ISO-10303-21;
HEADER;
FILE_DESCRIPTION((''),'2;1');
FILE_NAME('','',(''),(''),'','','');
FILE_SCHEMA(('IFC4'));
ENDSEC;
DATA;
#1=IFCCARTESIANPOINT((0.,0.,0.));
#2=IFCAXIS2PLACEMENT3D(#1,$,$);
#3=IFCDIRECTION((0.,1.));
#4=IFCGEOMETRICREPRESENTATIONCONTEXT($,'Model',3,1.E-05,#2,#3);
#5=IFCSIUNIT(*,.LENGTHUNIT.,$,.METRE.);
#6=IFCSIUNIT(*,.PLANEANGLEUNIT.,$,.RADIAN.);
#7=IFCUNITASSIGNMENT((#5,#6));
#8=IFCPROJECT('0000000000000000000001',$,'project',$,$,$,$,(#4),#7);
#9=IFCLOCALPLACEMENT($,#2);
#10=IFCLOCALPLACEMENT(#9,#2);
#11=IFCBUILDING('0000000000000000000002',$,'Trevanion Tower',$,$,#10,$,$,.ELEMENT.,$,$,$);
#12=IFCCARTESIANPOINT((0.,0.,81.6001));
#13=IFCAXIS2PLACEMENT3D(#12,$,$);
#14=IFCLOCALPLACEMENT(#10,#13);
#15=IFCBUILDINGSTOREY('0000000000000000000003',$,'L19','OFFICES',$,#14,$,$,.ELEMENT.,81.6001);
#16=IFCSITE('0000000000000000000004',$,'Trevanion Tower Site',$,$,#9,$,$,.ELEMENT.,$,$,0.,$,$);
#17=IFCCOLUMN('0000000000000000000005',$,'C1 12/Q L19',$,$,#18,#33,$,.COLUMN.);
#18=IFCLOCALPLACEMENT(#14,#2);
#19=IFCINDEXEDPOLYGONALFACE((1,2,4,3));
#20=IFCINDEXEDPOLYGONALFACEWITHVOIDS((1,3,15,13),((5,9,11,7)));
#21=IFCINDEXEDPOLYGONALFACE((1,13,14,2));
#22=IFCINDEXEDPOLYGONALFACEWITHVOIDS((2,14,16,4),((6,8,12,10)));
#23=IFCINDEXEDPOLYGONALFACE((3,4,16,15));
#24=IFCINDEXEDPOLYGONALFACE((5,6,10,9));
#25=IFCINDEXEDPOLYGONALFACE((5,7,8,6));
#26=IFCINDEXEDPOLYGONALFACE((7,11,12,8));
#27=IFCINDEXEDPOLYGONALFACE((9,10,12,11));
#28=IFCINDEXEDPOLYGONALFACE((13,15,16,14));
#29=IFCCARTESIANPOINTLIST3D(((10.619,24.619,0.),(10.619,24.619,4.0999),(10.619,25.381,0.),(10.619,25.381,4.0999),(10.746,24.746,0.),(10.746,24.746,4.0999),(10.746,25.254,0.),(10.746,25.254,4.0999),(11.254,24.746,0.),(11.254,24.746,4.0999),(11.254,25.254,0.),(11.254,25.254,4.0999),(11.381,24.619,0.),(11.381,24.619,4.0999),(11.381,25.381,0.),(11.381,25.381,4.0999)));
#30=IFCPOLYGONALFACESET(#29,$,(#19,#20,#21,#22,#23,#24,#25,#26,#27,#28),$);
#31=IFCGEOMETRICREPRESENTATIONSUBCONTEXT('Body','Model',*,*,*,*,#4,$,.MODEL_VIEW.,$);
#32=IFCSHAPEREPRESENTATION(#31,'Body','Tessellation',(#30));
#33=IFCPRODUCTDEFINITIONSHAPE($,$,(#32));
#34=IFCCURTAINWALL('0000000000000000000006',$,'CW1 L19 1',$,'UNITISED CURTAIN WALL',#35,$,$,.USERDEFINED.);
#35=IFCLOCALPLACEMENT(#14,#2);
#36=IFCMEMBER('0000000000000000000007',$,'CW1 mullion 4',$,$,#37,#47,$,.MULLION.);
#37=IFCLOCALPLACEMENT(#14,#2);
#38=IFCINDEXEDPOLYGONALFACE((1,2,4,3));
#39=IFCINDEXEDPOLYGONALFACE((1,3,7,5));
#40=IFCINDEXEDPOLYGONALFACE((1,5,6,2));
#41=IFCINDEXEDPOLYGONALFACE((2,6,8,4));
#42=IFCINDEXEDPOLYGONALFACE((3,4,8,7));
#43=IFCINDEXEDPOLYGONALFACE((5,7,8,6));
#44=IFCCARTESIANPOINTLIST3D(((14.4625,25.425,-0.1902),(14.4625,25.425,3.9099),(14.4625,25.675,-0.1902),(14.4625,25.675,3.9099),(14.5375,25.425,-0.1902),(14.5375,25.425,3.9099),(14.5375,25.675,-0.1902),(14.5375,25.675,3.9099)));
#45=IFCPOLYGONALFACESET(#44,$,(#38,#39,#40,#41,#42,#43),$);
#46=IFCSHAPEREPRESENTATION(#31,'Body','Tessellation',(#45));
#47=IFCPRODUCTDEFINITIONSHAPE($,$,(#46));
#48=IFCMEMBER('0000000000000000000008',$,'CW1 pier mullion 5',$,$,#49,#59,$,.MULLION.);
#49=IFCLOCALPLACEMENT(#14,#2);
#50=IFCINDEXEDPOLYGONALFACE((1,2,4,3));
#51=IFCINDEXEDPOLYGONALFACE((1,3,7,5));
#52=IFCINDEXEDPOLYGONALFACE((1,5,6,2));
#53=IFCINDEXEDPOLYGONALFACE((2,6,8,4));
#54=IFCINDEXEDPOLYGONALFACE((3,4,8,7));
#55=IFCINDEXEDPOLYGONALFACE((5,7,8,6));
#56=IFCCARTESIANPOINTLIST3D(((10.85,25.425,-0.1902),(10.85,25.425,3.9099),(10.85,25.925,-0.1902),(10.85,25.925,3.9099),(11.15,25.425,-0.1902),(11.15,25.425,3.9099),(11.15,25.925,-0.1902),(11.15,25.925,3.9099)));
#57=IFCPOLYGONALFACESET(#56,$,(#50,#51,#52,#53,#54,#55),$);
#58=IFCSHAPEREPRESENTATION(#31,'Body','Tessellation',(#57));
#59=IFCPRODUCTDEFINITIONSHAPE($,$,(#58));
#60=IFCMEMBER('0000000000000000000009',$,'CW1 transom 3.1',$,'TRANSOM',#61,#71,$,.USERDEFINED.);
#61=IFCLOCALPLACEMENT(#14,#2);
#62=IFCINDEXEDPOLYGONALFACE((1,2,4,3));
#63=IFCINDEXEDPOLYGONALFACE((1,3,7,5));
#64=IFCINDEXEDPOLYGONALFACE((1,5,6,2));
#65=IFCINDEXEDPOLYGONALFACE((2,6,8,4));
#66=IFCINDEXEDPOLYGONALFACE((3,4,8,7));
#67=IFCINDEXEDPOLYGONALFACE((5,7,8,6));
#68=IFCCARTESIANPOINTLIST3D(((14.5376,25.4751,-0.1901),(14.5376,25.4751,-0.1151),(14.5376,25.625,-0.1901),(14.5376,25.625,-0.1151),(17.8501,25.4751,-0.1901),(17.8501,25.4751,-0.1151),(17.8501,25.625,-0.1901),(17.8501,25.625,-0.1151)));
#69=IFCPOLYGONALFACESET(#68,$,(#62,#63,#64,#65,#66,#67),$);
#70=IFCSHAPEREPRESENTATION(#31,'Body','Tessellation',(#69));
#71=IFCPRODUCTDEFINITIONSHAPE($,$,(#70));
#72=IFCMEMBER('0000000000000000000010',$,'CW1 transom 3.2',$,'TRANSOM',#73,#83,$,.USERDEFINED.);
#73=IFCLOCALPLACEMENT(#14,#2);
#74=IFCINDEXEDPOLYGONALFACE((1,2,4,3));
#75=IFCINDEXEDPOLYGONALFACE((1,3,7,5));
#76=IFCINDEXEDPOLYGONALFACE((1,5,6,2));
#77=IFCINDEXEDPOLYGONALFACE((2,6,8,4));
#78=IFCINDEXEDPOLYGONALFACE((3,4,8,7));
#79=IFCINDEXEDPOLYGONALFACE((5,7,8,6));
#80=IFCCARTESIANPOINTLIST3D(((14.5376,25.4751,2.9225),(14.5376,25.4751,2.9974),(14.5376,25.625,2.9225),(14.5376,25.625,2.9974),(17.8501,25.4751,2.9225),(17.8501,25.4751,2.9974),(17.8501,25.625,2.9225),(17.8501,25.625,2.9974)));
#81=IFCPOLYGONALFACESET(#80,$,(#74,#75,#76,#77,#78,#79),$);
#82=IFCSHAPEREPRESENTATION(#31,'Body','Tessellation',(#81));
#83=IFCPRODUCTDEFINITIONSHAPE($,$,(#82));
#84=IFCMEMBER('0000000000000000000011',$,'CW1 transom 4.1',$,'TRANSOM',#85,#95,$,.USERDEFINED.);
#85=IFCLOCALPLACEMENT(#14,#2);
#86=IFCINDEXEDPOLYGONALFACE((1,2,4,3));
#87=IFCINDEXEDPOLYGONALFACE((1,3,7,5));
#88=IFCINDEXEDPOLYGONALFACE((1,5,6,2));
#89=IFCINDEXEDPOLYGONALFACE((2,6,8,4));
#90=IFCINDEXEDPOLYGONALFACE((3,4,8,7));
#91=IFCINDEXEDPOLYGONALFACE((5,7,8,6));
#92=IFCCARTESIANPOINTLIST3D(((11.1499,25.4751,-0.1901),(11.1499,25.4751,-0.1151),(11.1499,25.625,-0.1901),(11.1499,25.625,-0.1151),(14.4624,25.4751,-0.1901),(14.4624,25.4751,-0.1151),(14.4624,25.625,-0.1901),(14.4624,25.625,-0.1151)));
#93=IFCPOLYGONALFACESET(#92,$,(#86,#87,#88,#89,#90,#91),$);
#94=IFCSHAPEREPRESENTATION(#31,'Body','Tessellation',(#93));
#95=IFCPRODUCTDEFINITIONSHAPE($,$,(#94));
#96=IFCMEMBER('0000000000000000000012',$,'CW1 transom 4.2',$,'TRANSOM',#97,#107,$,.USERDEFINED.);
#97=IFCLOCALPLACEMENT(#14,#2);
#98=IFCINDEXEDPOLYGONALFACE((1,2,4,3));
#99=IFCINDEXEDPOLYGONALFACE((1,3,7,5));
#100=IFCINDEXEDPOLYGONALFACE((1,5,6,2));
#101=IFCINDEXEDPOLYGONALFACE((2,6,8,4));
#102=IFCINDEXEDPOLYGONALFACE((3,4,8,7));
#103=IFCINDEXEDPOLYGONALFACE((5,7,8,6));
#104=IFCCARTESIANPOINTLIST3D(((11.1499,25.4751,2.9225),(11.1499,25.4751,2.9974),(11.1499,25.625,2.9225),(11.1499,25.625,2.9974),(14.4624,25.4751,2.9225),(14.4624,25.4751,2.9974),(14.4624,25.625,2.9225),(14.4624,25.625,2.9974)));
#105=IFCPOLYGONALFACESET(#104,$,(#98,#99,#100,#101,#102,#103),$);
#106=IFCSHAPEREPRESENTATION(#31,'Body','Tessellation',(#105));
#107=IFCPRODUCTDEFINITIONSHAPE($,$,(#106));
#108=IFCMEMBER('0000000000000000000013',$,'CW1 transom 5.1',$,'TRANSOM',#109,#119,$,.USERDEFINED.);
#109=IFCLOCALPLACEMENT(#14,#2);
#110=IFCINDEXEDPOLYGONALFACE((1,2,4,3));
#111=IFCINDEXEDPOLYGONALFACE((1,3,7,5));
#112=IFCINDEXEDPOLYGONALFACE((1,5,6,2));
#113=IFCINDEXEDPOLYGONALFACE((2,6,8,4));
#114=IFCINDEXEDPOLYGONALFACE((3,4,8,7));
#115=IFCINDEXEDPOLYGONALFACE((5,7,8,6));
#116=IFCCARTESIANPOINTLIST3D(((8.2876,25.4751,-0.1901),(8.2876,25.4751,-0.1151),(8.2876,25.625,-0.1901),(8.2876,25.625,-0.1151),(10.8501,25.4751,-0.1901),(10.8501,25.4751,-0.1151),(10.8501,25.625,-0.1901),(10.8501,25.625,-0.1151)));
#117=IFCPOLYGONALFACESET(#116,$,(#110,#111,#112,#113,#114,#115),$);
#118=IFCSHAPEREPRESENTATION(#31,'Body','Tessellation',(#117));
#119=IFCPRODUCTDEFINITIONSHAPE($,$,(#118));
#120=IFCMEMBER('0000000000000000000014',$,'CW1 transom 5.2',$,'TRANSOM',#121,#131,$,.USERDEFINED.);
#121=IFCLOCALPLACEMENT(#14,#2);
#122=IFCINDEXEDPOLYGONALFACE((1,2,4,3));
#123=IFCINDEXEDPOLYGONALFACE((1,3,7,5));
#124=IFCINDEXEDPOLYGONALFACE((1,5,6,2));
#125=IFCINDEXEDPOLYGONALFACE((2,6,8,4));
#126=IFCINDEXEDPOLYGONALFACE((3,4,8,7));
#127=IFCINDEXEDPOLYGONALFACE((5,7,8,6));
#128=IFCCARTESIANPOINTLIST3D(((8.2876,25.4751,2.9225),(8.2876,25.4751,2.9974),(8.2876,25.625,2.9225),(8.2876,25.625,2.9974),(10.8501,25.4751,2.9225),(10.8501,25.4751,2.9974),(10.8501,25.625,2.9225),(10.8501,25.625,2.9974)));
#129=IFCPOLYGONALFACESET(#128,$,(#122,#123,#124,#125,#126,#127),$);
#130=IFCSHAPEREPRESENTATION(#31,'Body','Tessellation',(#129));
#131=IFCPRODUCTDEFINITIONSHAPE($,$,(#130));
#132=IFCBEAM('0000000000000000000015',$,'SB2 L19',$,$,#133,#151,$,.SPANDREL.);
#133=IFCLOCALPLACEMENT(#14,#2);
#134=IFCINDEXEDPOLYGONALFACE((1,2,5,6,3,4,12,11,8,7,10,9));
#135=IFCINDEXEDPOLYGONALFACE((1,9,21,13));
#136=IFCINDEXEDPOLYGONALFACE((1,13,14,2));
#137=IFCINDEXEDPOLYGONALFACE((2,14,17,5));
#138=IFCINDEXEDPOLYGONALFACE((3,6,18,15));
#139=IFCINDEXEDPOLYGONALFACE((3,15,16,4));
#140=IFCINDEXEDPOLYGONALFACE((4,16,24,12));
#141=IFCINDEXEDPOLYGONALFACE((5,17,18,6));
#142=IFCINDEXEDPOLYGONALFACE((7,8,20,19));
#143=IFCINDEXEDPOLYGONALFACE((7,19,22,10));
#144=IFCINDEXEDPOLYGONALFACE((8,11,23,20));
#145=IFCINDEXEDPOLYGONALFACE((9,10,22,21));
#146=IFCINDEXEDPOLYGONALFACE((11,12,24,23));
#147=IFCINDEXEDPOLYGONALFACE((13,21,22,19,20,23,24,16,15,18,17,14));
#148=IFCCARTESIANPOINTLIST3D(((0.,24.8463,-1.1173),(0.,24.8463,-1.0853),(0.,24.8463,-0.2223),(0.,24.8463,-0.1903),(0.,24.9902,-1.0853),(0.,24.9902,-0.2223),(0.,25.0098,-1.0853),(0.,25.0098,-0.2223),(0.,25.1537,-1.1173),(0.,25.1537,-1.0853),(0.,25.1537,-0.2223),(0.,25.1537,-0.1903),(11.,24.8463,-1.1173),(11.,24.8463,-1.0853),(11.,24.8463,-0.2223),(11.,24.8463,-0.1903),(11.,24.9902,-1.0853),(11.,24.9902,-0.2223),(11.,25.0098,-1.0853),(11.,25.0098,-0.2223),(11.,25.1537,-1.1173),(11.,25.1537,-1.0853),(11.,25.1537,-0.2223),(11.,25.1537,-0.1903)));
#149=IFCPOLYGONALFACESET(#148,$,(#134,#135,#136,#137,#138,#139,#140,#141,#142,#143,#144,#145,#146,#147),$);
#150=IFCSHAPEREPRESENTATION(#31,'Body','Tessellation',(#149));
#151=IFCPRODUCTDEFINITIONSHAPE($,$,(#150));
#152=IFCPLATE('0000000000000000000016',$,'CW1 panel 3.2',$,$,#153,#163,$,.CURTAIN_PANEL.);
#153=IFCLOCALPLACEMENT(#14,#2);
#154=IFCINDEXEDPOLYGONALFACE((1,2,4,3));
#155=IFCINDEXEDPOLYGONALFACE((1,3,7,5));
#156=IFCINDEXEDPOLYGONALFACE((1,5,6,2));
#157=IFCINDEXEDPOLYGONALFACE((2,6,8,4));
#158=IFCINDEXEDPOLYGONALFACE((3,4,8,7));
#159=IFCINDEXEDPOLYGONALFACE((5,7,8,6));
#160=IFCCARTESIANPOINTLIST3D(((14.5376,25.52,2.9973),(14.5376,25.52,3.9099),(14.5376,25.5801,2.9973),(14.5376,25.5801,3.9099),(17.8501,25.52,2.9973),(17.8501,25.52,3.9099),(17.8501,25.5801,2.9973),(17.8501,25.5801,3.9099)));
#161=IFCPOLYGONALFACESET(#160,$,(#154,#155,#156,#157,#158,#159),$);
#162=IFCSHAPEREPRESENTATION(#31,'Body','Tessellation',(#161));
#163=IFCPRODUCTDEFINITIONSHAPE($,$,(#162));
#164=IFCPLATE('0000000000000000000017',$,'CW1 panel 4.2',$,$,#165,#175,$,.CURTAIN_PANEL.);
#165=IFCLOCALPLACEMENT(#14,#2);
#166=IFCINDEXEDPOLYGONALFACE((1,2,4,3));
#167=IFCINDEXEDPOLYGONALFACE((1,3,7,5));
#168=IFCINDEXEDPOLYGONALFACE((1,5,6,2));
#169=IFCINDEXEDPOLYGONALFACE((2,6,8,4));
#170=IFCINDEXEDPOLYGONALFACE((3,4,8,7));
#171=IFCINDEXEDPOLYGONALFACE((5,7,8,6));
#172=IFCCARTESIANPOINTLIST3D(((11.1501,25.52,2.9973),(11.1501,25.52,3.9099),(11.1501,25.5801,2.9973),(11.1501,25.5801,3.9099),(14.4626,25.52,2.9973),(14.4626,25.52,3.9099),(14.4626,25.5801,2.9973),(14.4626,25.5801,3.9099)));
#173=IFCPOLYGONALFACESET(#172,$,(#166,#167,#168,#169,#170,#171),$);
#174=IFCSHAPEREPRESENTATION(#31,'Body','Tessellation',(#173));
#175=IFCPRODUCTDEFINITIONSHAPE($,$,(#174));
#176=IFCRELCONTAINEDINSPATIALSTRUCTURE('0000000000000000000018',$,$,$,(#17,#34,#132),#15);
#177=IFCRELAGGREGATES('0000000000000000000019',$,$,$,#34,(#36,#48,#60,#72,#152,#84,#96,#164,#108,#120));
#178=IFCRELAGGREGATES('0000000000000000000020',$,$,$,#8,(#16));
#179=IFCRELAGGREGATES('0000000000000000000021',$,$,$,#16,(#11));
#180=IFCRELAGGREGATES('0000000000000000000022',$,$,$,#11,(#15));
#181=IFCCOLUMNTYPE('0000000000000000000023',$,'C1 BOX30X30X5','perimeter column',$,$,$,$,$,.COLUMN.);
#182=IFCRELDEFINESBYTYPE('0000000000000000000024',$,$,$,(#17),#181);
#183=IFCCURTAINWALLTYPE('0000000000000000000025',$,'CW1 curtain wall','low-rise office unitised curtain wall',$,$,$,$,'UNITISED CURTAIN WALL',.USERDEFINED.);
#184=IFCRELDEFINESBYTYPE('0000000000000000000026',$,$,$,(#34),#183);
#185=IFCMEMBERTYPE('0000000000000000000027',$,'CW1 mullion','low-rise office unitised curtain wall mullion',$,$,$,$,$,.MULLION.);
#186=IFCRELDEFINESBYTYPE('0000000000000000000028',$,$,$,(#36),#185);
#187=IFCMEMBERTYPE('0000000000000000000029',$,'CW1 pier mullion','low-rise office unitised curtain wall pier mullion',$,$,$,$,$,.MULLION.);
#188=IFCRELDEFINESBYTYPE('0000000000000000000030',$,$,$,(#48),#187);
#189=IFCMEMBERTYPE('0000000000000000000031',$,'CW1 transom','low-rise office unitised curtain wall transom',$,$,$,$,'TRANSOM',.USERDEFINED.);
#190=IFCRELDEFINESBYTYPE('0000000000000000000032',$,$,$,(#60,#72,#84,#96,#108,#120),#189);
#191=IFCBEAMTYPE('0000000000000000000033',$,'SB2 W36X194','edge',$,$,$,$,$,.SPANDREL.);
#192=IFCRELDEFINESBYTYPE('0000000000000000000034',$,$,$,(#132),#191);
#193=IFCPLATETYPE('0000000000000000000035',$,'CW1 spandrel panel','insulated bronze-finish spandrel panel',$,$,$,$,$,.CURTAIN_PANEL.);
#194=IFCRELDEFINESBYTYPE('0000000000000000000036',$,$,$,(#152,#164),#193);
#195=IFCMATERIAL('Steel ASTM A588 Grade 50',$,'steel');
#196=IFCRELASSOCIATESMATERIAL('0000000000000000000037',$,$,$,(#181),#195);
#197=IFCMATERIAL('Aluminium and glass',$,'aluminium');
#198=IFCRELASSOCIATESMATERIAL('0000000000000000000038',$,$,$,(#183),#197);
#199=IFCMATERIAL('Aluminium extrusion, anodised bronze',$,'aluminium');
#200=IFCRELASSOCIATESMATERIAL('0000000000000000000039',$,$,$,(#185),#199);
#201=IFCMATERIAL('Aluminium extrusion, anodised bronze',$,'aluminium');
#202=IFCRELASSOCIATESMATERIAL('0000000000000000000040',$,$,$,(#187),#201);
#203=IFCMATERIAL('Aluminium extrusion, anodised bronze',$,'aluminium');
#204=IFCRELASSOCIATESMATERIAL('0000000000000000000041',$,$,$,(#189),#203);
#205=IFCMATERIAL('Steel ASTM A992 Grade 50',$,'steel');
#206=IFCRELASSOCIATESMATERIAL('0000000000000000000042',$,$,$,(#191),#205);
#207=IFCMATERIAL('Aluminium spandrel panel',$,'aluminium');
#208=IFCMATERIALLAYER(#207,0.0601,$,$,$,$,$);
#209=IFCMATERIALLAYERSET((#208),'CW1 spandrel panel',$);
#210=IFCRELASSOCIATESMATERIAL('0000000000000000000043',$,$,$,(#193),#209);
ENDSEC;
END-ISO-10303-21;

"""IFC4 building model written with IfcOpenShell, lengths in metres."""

from ifc_helpers import new_model, si_unit, direction, frame, origin, origin_2d, place, context, subcontext, project, spatial, rectangle, hollow_rectangle, i_section, extrude, material, layer, layer_set, material_profile, profile_set, type_object, element, aggregate, save


model = new_model("IFC4")

# Units and contexts
model_context = context("Model", 3, precision=1e-05, world=origin(), true_north=direction((0.0, 1.0)))
body_context = subcontext(model_context, "Body", "Model", "MODEL_VIEW")
ifc_project = project(units=[si_unit("LENGTHUNIT", "METRE"), si_unit("PLANEANGLEUNIT", "RADIAN")], contexts=[model_context])

# Site, building, storey
site_placement = place(None, origin())
site = spatial("IfcSite", under=ifc_project, at=site_placement, Name="Trevanion Tower Site", CompositionType="ELEMENT", RefElevation=0.0)
building_placement = place(site_placement, origin())
building = spatial("IfcBuilding", under=site, at=building_placement, Name="Trevanion Tower", CompositionType="ELEMENT")
storey_placement = place(building_placement, frame((0.0, 0.0, 81.6001)))
storey = spatial("IfcBuildingStorey", under=building, at=storey_placement, Name="L19", Description="OFFICES", CompositionType="ELEMENT", Elevation=81.6001)

# Column
ifc_material_1 = material(Name="Steel ASTM A588 Grade 50", Category="steel")
ifc_material_profile_1 = material_profile(ifc_material_1, hollow_rectangle(XDim=0.762, YDim=0.762, WallThickness=0.127, at=origin_2d()), Name="BOX30X30X5")
ifc_profile_set_1 = profile_set([ifc_material_profile_1], Name="Steel ASTM A588 Grade 50")
column_type = type_object("IfcColumnType", Name="C1 BOX30X30X5", Description="perimeter column", PredefinedType="COLUMN", material=ifc_profile_set_1)
column_placement = place(storey_placement, frame((11.0, 25.0, 0.0), z_axis=(0.0, 0.0, 1.0), x_axis=(1.0, 0.0, 0.0)))
element("IfcColumn", 1, at=column_placement, inside=storey, type_object=column_type, Name="C1 12/Q L19", PredefinedType="COLUMN", context=body_context, shape_type="SweptSolid", body=[
    extrude(hollow_rectangle(XDim=0.762, YDim=0.762, WallThickness=0.127, at=origin_2d()), origin(), (0.0, 0.0, 1.0), 4.0999),
])

# Curtain wall, members
ifc_material_2 = material(Name="Aluminium and glass", Category="aluminium")
curtain_wall_type = type_object("IfcCurtainWallType", Name="CW1 curtain wall", Description="low-rise office unitised curtain wall", ElementType="UNITISED CURTAIN WALL", PredefinedType="USERDEFINED", material=ifc_material_2)
curtain_wall_placement = place(storey_placement, origin())
curtain_wall = element("IfcCurtainWall", 2, at=curtain_wall_placement, inside=storey, type_object=curtain_wall_type, Name="CW1 L19 1", ObjectType="UNITISED CURTAIN WALL", PredefinedType="USERDEFINED")
ifc_material_3 = material(Name="Aluminium extrusion, anodised bronze", Category="aluminium")
ifc_material_profile_2 = material_profile(ifc_material_3, rectangle(XDim=0.075, YDim=0.25, at=origin_2d()), Name="CW1 mullion")
ifc_profile_set_2 = profile_set([ifc_material_profile_2], Name="Aluminium extrusion, anodised bronze")
member_type_1 = type_object("IfcMemberType", Name="CW1 mullion", Description="low-rise office unitised curtain wall mullion", PredefinedType="MULLION", material=ifc_profile_set_2)
member_1_placement = place(storey_placement, frame((14.5, 25.55, -0.1902), z_axis=(0.0, 0.0, 1.0), x_axis=(-1.0, 0.0, 0.0)))
member_1 = element("IfcMember", 3, at=member_1_placement, type_object=member_type_1, Name="CW1 mullion 4", PredefinedType="MULLION", context=body_context, shape_type="SweptSolid", body=[
    extrude(rectangle(XDim=0.075, YDim=0.25, at=origin_2d()), origin(), (0.0, 0.0, 1.0), 4.1001),
])
ifc_material_4 = material(Name="Aluminium extrusion, anodised bronze", Category="aluminium")
ifc_material_profile_3 = material_profile(ifc_material_4, rectangle(XDim=0.3, YDim=0.5, at=origin_2d()), Name="CW1 pier mullion")
ifc_profile_set_3 = profile_set([ifc_material_profile_3], Name="Aluminium extrusion, anodised bronze")
member_type_2 = type_object("IfcMemberType", Name="CW1 pier mullion", Description="low-rise office unitised curtain wall pier mullion", PredefinedType="MULLION", material=ifc_profile_set_3)
member_2_placement = place(storey_placement, frame((11.0, 25.675, -0.1902), z_axis=(0.0, 0.0, 1.0), x_axis=(-1.0, 0.0, 0.0)))
member_2 = element("IfcMember", 4, at=member_2_placement, type_object=member_type_2, Name="CW1 pier mullion 5", PredefinedType="MULLION", context=body_context, shape_type="SweptSolid", body=[
    extrude(rectangle(XDim=0.3, YDim=0.5, at=origin_2d()), origin(), (0.0, 0.0, 1.0), 4.1001),
])
ifc_material_5 = material(Name="Aluminium extrusion, anodised bronze", Category="aluminium")
ifc_material_profile_4 = material_profile(ifc_material_5, rectangle(XDim=0.1499, YDim=0.075, at=origin_2d()), Name="CW1 transom")
ifc_profile_set_4 = profile_set([ifc_material_profile_4], Name="Aluminium extrusion, anodised bronze")
member_type_3 = type_object("IfcMemberType", Name="CW1 transom", Description="low-rise office unitised curtain wall transom", ElementType="TRANSOM", PredefinedType="USERDEFINED", material=ifc_profile_set_4)
member_3_placement = place(storey_placement, frame((17.8501, 25.55, -0.1526), z_axis=(-1.0, 0.0, 0.0), x_axis=(0.0, -1.0, 0.0)))
member_3 = element("IfcMember", 5, at=member_3_placement, type_object=member_type_3, Name="CW1 transom 3.1", ObjectType="TRANSOM", PredefinedType="USERDEFINED", context=body_context, shape_type="SweptSolid", body=[
    extrude(rectangle(XDim=0.1499, YDim=0.075, at=origin_2d()), origin(), (0.0, 0.0, 1.0), 3.3125),
])
member_4_placement = place(storey_placement, frame((17.8501, 25.55, 2.96), z_axis=(-1.0, 0.0, 0.0), x_axis=(0.0, -1.0, 0.0)))
member_4 = element("IfcMember", 6, at=member_4_placement, type_object=member_type_3, Name="CW1 transom 3.2", ObjectType="TRANSOM", PredefinedType="USERDEFINED", context=body_context, shape_type="SweptSolid", body=[
    extrude(rectangle(XDim=0.1499, YDim=0.075, at=origin_2d()), origin(), (0.0, 0.0, 1.0), 3.3125),
])
member_5_placement = place(storey_placement, frame((14.4624, 25.55, -0.1526), z_axis=(-1.0, 0.0, 0.0), x_axis=(0.0, -1.0, 0.0)))
member_5 = element("IfcMember", 7, at=member_5_placement, type_object=member_type_3, Name="CW1 transom 4.1", ObjectType="TRANSOM", PredefinedType="USERDEFINED", context=body_context, shape_type="SweptSolid", body=[
    extrude(rectangle(XDim=0.1499, YDim=0.075, at=origin_2d()), origin(), (0.0, 0.0, 1.0), 3.3125),
])
member_6_placement = place(storey_placement, frame((14.4624, 25.55, 2.96), z_axis=(-1.0, 0.0, 0.0), x_axis=(0.0, -1.0, 0.0)))
member_6 = element("IfcMember", 8, at=member_6_placement, type_object=member_type_3, Name="CW1 transom 4.2", ObjectType="TRANSOM", PredefinedType="USERDEFINED", context=body_context, shape_type="SweptSolid", body=[
    extrude(rectangle(XDim=0.1499, YDim=0.075, at=origin_2d()), origin(), (0.0, 0.0, 1.0), 3.3125),
])
member_7_placement = place(storey_placement, frame((10.8501, 25.55, -0.1526), z_axis=(-1.0, 0.0, 0.0), x_axis=(0.0, -1.0, 0.0)))
member_7 = element("IfcMember", 9, at=member_7_placement, type_object=member_type_3, Name="CW1 transom 5.1", ObjectType="TRANSOM", PredefinedType="USERDEFINED", context=body_context, shape_type="SweptSolid", body=[
    extrude(rectangle(XDim=0.1499, YDim=0.075, at=origin_2d()), origin(), (0.0, 0.0, 1.0), 2.5625),
])
member_8_placement = place(storey_placement, frame((10.8501, 25.55, 2.96), z_axis=(-1.0, 0.0, 0.0), x_axis=(0.0, -1.0, 0.0)))
member_8 = element("IfcMember", 10, at=member_8_placement, type_object=member_type_3, Name="CW1 transom 5.2", ObjectType="TRANSOM", PredefinedType="USERDEFINED", context=body_context, shape_type="SweptSolid", body=[
    extrude(rectangle(XDim=0.1499, YDim=0.075, at=origin_2d()), origin(), (0.0, 0.0, 1.0), 2.5625),
])

# Beam
ifc_material_6 = material(Name="Steel ASTM A992 Grade 50", Category="steel")
ifc_material_profile_5 = material_profile(ifc_material_6, i_section(OverallWidth=0.3074, OverallDepth=0.927, WebThickness=0.0195, FlangeThickness=0.032, at=origin_2d()), Name="W36X194")
ifc_profile_set_5 = profile_set([ifc_material_profile_5], Name="Steel ASTM A992 Grade 50")
beam_type = type_object("IfcBeamType", Name="SB2 W36X194", Description="edge", PredefinedType="SPANDREL", material=ifc_profile_set_5)
beam_placement = place(storey_placement, frame((11.0, 25.0, -0.6538), z_axis=(-1.0, 0.0, 0.0), x_axis=(0.0, -1.0, 0.0)))
element("IfcBeam", 11, at=beam_placement, inside=storey, type_object=beam_type, Name="SB2 L19", PredefinedType="SPANDREL", context=body_context, shape_type="SweptSolid", body=[
    extrude(i_section(OverallWidth=0.3074, OverallDepth=0.927, WebThickness=0.0195, FlangeThickness=0.032, at=origin_2d()), origin(), (0.0, 0.0, 1.0), 11.0),
])

# Plates
ifc_material_7 = material(Name="Aluminium spandrel panel", Category="aluminium")
ifc_layer_1 = layer(ifc_material_7, 0.0601)
ifc_layer_set_1 = layer_set([ifc_layer_1], Name="CW1 spandrel panel")
plate_type_1 = type_object("IfcPlateType", Name="CW1 spandrel panel", Description="insulated bronze-finish spandrel panel", PredefinedType="CURTAIN_PANEL", material=ifc_layer_set_1)
plate_1_placement = place(storey_placement, frame((16.1938, 25.55, 2.9973), z_axis=(0.0, 0.0, 1.0), x_axis=(-1.0, 0.0, 0.0)))
plate_1 = element("IfcPlate", 12, at=plate_1_placement, type_object=plate_type_1, Name="CW1 panel 3.2", PredefinedType="CURTAIN_PANEL", context=body_context, shape_type="SweptSolid", body=[
    extrude(rectangle(XDim=3.3125, YDim=0.0601, at=origin_2d()), origin(), (0.0, 0.0, 1.0), 0.9126),
])
plate_2_placement = place(storey_placement, frame((12.8064, 25.55, 2.9973), z_axis=(0.0, 0.0, 1.0), x_axis=(-1.0, 0.0, 0.0)))
plate_2 = element("IfcPlate", 13, at=plate_2_placement, type_object=plate_type_1, Name="CW1 panel 4.2", PredefinedType="CURTAIN_PANEL", context=body_context, shape_type="SweptSolid", body=[
    extrude(rectangle(XDim=3.3125, YDim=0.0601, at=origin_2d()), origin(), (0.0, 0.0, 1.0), 0.9126),
])
aggregate(curtain_wall, [member_1, member_2, member_3, member_4, plate_1, member_5, member_6, plate_2, member_7, member_8])

save(model, "model.ifc")
